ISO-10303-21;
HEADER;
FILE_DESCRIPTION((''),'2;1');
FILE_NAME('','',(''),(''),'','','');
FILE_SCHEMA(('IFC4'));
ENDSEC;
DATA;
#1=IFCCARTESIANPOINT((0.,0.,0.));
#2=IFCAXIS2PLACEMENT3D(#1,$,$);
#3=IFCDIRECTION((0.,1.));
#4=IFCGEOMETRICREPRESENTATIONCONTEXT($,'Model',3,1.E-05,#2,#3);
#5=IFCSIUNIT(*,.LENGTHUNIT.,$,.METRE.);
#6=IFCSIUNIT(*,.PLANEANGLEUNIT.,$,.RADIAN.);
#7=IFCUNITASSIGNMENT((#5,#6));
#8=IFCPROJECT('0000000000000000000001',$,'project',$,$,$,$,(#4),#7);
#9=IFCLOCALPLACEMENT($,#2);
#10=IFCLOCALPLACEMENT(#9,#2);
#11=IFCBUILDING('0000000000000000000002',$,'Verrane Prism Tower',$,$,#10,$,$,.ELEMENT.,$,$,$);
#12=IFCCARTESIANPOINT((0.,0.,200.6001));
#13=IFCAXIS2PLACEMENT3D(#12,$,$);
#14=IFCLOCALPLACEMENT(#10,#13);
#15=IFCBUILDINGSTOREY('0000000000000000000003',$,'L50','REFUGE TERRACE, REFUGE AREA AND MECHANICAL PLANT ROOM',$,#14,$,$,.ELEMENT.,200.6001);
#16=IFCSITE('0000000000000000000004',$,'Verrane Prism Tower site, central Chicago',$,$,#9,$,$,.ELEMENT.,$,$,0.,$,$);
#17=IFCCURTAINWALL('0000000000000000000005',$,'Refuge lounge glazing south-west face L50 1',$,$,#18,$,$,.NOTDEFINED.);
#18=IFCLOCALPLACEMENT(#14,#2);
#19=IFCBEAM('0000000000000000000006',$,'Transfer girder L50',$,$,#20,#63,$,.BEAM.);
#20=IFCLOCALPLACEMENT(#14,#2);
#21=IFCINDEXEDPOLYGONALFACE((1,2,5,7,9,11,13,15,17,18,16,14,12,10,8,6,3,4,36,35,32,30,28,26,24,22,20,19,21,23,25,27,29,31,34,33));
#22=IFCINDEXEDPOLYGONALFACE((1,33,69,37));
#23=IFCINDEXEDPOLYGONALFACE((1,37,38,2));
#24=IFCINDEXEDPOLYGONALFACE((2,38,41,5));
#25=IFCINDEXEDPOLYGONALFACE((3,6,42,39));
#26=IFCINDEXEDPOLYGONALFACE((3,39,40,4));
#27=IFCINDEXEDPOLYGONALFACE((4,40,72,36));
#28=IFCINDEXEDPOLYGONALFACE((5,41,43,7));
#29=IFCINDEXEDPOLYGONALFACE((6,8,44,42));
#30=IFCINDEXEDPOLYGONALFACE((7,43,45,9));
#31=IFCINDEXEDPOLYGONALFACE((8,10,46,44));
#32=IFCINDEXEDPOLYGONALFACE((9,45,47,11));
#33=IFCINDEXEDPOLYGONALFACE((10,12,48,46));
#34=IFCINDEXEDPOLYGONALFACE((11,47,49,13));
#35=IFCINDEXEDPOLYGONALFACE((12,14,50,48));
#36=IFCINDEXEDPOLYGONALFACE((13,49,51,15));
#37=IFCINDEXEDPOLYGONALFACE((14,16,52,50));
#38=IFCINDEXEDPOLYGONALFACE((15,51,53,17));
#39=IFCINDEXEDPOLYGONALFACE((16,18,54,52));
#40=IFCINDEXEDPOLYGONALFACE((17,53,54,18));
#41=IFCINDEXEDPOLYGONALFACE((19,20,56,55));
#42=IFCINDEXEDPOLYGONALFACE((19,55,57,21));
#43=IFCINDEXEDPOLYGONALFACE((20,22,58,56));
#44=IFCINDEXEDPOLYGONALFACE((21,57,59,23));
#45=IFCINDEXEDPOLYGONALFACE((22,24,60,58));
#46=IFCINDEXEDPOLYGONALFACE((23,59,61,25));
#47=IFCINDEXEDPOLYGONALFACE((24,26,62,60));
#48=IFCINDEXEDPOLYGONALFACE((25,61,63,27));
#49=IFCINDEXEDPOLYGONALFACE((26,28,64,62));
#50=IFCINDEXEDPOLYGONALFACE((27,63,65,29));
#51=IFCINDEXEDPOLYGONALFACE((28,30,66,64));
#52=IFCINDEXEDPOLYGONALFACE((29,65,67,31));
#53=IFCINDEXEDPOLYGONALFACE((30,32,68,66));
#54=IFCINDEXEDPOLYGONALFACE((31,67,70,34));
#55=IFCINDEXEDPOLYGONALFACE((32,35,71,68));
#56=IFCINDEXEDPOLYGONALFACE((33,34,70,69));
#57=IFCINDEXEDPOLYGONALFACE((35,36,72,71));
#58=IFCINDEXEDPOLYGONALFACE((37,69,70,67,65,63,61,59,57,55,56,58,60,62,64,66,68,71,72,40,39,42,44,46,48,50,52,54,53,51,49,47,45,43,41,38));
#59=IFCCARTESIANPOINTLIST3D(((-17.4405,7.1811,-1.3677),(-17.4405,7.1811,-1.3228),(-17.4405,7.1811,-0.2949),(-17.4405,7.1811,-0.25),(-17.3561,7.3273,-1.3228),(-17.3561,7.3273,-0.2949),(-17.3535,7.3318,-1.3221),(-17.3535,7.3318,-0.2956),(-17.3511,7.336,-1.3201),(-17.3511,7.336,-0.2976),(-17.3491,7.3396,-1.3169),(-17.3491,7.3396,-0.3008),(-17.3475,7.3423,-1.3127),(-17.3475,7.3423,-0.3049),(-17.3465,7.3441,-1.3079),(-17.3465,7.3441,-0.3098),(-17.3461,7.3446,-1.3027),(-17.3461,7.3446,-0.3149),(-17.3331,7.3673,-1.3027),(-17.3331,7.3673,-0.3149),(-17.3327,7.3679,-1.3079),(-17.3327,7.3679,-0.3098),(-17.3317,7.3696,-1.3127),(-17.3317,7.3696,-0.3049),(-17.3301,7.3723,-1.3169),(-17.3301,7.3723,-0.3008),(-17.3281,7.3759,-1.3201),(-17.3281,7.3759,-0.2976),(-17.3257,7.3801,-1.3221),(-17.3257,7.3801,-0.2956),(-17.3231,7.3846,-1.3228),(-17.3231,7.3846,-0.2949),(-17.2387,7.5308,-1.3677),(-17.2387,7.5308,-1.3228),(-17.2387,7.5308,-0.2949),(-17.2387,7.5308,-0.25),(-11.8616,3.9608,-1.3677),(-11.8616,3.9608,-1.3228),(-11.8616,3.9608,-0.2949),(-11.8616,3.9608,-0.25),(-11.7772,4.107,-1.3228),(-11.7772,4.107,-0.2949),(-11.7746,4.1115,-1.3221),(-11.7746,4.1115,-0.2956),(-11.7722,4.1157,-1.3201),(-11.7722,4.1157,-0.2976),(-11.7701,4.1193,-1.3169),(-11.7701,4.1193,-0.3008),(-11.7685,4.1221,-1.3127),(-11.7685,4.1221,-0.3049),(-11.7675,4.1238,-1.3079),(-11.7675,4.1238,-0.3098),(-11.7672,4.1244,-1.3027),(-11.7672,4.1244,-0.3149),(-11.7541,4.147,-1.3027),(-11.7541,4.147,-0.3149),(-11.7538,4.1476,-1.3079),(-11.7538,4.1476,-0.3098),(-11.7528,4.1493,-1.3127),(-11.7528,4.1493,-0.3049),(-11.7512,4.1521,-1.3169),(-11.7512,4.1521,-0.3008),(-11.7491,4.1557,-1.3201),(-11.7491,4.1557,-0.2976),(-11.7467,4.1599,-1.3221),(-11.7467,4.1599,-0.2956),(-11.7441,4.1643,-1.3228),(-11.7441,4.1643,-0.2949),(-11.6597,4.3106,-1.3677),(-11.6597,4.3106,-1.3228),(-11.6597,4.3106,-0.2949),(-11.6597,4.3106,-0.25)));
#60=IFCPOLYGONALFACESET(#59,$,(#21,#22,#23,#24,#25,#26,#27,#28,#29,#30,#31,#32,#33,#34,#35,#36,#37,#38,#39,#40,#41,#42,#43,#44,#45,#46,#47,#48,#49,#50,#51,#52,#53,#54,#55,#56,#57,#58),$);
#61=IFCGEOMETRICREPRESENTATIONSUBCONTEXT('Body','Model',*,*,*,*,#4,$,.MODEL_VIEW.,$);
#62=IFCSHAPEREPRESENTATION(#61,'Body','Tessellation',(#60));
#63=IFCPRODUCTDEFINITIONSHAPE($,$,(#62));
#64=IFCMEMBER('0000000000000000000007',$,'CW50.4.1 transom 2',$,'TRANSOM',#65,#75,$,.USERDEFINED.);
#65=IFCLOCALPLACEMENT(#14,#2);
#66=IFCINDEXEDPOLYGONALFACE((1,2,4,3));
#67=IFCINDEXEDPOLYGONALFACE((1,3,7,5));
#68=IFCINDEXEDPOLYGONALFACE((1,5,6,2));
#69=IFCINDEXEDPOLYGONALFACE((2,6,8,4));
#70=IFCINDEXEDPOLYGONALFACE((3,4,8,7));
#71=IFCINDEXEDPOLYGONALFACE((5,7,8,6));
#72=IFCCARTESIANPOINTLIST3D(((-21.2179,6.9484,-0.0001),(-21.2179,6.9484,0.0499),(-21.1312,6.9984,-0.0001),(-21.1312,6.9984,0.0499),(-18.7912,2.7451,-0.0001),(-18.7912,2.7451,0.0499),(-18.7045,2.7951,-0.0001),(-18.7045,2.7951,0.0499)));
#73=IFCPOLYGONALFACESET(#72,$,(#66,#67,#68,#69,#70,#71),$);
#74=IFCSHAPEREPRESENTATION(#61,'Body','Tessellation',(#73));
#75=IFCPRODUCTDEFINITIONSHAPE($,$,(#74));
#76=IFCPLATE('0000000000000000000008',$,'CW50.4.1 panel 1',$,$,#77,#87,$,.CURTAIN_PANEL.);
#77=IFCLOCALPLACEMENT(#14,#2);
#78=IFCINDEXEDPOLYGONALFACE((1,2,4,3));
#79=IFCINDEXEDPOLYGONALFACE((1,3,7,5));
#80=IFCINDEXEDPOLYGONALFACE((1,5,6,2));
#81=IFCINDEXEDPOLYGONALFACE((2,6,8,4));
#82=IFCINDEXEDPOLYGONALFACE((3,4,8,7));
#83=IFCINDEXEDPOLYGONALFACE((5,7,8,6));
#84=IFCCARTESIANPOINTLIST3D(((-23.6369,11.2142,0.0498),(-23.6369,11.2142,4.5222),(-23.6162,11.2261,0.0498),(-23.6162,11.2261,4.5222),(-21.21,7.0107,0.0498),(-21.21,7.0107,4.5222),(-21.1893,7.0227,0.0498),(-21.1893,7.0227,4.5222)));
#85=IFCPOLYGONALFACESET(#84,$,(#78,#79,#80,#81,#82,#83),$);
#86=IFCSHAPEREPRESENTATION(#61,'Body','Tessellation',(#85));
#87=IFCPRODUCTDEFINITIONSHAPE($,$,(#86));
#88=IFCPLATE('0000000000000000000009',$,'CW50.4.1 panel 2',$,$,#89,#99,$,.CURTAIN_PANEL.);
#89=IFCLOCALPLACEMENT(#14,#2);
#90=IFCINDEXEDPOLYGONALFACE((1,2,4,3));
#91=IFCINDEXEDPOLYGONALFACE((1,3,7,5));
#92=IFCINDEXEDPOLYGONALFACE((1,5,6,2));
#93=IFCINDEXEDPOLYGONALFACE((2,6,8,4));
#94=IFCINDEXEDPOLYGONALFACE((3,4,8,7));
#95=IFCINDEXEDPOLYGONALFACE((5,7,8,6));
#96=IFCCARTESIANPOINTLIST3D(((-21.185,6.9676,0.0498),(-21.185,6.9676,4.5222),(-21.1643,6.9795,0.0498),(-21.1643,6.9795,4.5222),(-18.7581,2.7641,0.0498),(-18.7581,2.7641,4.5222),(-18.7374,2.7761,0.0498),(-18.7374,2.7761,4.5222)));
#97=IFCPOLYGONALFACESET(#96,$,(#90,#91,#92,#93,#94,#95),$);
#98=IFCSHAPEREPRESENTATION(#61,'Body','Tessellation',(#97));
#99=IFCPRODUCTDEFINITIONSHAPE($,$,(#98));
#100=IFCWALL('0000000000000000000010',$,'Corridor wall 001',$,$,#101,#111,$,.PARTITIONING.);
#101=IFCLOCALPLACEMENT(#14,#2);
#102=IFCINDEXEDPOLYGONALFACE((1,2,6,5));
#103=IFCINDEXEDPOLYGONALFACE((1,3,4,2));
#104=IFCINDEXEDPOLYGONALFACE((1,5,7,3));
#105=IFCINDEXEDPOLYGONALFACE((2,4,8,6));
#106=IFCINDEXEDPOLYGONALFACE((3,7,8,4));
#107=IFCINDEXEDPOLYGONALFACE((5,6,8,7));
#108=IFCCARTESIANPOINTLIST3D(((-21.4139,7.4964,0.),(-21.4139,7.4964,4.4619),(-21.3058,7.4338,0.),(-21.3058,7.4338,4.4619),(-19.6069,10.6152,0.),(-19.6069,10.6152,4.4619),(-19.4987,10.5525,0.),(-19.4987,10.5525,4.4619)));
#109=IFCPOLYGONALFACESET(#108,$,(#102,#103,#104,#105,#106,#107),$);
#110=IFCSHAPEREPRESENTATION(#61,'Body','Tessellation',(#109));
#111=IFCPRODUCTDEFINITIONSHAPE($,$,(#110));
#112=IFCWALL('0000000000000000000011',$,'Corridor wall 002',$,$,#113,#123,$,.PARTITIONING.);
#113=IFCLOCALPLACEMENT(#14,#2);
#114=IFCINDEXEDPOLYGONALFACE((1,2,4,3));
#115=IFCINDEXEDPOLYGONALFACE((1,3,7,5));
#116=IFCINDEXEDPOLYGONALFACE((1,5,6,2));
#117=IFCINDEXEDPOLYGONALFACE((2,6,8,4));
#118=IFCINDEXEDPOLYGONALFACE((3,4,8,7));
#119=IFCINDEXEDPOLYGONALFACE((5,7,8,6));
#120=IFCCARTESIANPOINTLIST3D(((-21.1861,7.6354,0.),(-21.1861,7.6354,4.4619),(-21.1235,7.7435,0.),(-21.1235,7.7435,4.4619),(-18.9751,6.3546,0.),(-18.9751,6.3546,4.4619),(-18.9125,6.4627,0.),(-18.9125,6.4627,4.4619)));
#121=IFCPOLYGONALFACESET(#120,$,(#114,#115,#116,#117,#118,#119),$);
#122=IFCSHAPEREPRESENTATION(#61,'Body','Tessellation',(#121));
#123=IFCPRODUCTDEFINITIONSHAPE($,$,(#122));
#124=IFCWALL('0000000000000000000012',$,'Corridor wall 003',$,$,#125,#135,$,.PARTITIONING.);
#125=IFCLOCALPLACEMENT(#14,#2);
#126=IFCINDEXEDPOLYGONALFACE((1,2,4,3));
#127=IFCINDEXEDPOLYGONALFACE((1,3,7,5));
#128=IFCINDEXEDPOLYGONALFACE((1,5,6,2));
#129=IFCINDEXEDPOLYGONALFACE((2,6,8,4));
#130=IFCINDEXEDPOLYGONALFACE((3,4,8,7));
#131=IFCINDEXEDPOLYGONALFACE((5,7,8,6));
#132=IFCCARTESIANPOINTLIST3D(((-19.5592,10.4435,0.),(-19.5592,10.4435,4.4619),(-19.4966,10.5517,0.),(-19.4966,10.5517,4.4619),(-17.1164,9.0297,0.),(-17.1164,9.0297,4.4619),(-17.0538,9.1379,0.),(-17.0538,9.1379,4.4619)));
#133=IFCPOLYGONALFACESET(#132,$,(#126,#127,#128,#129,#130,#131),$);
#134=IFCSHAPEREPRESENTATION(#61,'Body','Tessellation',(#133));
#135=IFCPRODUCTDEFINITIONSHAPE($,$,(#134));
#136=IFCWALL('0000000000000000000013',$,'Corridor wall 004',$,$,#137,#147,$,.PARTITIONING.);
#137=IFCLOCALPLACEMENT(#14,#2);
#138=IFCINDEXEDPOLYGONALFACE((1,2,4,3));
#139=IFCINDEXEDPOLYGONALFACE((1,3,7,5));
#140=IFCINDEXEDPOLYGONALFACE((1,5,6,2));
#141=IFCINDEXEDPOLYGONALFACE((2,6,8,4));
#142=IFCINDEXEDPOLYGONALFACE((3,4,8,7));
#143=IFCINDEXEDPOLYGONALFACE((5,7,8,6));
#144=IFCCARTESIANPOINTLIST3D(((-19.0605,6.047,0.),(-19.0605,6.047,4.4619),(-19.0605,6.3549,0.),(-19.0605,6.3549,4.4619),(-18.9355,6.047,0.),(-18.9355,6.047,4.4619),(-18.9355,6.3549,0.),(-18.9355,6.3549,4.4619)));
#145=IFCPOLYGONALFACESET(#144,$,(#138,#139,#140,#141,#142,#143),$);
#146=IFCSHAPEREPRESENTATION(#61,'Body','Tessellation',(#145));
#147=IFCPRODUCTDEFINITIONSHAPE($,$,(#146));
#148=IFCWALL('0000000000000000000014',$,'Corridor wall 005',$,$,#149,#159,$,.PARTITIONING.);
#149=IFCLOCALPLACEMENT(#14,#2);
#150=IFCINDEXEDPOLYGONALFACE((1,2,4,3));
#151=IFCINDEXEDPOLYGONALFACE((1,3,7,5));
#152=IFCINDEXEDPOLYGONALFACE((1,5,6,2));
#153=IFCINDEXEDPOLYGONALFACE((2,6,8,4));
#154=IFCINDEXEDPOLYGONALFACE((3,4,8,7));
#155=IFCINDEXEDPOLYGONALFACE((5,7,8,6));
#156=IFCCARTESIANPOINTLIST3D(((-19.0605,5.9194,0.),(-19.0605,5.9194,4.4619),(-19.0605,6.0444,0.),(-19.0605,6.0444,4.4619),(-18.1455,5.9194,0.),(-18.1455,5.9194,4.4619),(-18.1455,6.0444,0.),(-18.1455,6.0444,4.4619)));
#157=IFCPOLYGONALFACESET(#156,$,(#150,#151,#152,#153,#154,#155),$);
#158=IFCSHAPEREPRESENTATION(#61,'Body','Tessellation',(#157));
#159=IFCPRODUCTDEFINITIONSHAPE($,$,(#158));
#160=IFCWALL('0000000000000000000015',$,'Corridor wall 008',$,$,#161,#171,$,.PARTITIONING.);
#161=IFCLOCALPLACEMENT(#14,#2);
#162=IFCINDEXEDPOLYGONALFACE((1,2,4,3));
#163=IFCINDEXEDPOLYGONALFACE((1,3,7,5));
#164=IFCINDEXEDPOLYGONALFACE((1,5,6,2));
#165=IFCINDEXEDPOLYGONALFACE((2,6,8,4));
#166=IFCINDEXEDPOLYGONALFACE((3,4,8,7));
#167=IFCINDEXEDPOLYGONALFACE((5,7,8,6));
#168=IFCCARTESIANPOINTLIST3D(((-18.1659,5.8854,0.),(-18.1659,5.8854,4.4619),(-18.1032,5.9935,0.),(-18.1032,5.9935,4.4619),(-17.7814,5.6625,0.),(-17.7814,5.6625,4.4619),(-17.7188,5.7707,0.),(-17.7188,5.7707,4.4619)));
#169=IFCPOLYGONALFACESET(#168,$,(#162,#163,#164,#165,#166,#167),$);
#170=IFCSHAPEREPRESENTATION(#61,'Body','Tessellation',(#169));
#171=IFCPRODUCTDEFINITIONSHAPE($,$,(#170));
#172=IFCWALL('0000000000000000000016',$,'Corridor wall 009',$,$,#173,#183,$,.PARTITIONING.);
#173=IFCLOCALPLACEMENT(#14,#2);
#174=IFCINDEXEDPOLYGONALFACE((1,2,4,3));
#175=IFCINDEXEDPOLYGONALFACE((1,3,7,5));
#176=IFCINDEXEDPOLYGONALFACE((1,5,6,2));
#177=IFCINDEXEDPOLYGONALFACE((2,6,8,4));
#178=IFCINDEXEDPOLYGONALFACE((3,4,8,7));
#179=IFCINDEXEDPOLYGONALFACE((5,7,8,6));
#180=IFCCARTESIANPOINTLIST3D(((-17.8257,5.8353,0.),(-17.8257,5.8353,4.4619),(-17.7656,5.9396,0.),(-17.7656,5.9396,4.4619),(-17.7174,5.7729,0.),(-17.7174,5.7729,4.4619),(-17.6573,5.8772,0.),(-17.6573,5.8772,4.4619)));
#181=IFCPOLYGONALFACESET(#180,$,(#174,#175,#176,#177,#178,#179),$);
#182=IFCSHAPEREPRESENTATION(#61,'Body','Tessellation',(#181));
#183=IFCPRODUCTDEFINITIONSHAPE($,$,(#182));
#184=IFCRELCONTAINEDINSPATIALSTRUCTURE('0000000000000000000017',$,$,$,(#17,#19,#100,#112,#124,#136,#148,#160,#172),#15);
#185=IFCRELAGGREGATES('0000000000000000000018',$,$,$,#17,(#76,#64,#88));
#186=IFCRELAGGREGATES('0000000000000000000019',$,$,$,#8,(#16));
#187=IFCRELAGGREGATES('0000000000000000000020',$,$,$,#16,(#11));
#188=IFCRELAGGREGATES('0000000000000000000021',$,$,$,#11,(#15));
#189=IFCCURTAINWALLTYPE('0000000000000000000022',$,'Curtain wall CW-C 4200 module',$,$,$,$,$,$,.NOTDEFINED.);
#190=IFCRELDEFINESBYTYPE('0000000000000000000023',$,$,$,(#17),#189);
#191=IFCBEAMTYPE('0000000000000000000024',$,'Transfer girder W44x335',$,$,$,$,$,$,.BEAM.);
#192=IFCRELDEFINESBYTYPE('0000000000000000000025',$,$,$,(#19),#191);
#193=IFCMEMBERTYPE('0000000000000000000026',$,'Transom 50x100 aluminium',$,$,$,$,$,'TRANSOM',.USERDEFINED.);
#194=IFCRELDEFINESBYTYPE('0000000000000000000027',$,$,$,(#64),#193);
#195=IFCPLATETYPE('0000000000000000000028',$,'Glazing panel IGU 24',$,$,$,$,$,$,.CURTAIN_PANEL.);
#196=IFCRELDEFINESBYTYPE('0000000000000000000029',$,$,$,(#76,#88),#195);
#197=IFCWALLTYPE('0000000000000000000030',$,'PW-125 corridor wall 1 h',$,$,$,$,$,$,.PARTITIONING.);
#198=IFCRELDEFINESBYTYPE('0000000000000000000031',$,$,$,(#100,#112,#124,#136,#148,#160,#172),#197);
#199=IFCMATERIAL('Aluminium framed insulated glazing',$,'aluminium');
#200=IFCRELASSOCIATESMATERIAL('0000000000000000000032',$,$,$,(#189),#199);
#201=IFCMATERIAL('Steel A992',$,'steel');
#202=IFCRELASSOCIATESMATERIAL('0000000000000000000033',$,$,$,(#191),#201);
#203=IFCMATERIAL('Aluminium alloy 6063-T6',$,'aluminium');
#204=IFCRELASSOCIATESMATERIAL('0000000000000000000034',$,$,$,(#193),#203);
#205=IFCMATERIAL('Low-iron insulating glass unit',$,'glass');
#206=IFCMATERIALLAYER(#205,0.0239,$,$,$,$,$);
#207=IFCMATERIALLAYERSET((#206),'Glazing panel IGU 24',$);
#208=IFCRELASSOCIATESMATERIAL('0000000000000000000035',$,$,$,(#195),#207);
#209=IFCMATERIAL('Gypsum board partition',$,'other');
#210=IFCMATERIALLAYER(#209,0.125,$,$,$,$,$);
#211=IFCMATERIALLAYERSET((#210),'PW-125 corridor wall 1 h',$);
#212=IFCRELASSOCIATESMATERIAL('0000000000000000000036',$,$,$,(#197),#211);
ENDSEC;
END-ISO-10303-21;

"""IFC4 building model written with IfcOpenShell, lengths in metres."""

from ifc_helpers import new_model, si_unit, direction, frame, frame_2d, origin, origin_2d, place, context, subcontext, project, spatial, rectangle, i_section, extrude, material, layer, layer_set, material_profile, profile_set, type_object, element, aggregate, save


model = new_model("IFC4")

# Units and contexts
model_context = context("Model", 3, precision=1e-05, world=origin(), true_north=direction((0.0, 1.0)))
body_context = subcontext(model_context, "Body", "Model", "MODEL_VIEW")
ifc_project = project(units=[si_unit("LENGTHUNIT", "METRE"), si_unit("PLANEANGLEUNIT", "RADIAN")], contexts=[model_context])

# Site, building, storey
site_placement = place(None, origin())
site = spatial("IfcSite", under=ifc_project, at=site_placement, Name="Verrane Prism Tower site, central Chicago", CompositionType="ELEMENT", RefElevation=0.0)
building_placement = place(site_placement, origin())
building = spatial("IfcBuilding", under=site, at=building_placement, Name="Verrane Prism Tower", CompositionType="ELEMENT")
storey_placement = place(building_placement, frame((0.0, 0.0, 200.6001)))
storey = spatial("IfcBuildingStorey", under=building, at=storey_placement, Name="L50", Description="REFUGE TERRACE, REFUGE AREA AND MECHANICAL PLANT ROOM", CompositionType="ELEMENT", Elevation=200.6001)

# Curtain wall
ifc_material_1 = material(Name="Aluminium framed insulated glazing", Category="aluminium")
curtain_wall_type = type_object("IfcCurtainWallType", Name="Curtain wall CW-C 4200 module", PredefinedType="NOTDEFINED", material=ifc_material_1)
curtain_wall_placement = place(storey_placement, origin())
curtain_wall = element("IfcCurtainWall", 1, at=curtain_wall_placement, inside=storey, type_object=curtain_wall_type, Name="Refuge lounge glazing south-west face L50 1", PredefinedType="NOTDEFINED")

# Beam
ifc_material_2 = material(Name="Steel A992", Category="steel")
ifc_material_profile_1 = material_profile(ifc_material_2, i_section(OverallWidth=0.4038, OverallDepth=1.1177, WebThickness=0.0261, FlangeThickness=0.0449, FilletRadius=0.02, at=origin_2d()), Name="W44x335")
ifc_profile_set_1 = profile_set([ifc_material_profile_1], Name="Steel A992")
beam_type_1 = type_object("IfcBeamType", Name="Transfer girder W44x335", PredefinedType="BEAM", material=ifc_profile_set_1)
beam_1_placement = place(storey_placement, frame((-17.3396, 7.356, -0.8088), z_axis=(0.866075, -0.499914, 0.0), x_axis=(0.499914, 0.866075, 0.0)))
element("IfcBeam", 2, at=beam_1_placement, inside=storey, type_object=beam_type_1, Name="Transfer girder L50", PredefinedType="BEAM", context=body_context, shape_type="SweptSolid", body=[
    extrude(i_section(OverallWidth=0.4038, OverallDepth=1.1177, WebThickness=0.0261, FlangeThickness=0.0449, FilletRadius=0.02, at=origin_2d()), origin(), (0.0, 0.0, 1.0), 6.4417),
])

# Member
ifc_material_3 = material(Name="Aluminium alloy 6063-T6", Category="aluminium")
ifc_material_profile_2 = material_profile(ifc_material_3, rectangle(XDim=0.1001, YDim=0.05, at=origin_2d()), Name="Transom 50x100 aluminium")
ifc_profile_set_2 = profile_set([ifc_material_profile_2], Name="Aluminium alloy 6063-T6")
member_type_1 = type_object("IfcMemberType", Name="Transom 50x100 aluminium", ElementType="TRANSOM", PredefinedType="USERDEFINED", material=ifc_profile_set_2)
member_1_placement = place(storey_placement, frame((-21.1746, 6.9734, 0.0249), z_axis=(0.499991, -0.866031, 0.0), x_axis=(0.866031, 0.499991, 0.0)))
member_1 = element("IfcMember", 3, at=member_1_placement, type_object=member_type_1, Name="CW50.4.1 transom 2", ObjectType="TRANSOM", PredefinedType="USERDEFINED", context=body_context, shape_type="SweptSolid", body=[
    extrude(rectangle(XDim=0.1001, YDim=0.05, at=origin_2d()), origin(), (0.0, 0.0, 1.0), 4.8535),
])

# Plates
ifc_material_4 = material(Name="Low-iron insulating glass unit", Category="glass")
ifc_layer_1 = layer(ifc_material_4, 0.0239)
ifc_layer_set_1 = layer_set([ifc_layer_1], Name="Glazing panel IGU 24")
plate_type = type_object("IfcPlateType", Name="Glazing panel IGU 24", PredefinedType="CURTAIN_PANEL", material=ifc_layer_set_1)
plate_1_placement = place(storey_placement, frame((-22.4131, 9.1184, 0.0498), z_axis=(0.0, 0.0, 1.0), x_axis=(0.500003, -0.866024, 0.0)))
plate_1 = element("IfcPlate", 4, at=plate_1_placement, type_object=plate_type, Name="CW50.4.1 panel 1", PredefinedType="CURTAIN_PANEL", context=body_context, shape_type="SweptSolid", body=[
    extrude(rectangle(XDim=4.8538, YDim=0.0239, at=origin_2d()), origin(), (0.0, 0.0, 1.0), 4.4724),
])
plate_2_placement = place(storey_placement, frame((-19.9612, 4.8718, 0.0498), z_axis=(0.0, 0.0, 1.0), x_axis=(0.500003, -0.866024, 0.0)))
plate_2 = element("IfcPlate", 5, at=plate_2_placement, type_object=plate_type, Name="CW50.4.1 panel 2", PredefinedType="CURTAIN_PANEL", context=body_context, shape_type="SweptSolid", body=[
    extrude(rectangle(XDim=4.8538, YDim=0.0239, at=origin_2d()), origin(), (0.0, 0.0, 1.0), 4.4724),
])
aggregate(curtain_wall, [plate_1, member_1, plate_2])

# Walls
ifc_material_5 = material(Name="Gypsum board partition", Category="other")
ifc_layer_2 = layer(ifc_material_5, 0.125)
ifc_layer_set_2 = layer_set([ifc_layer_2], Name="PW-125 corridor wall 1 h")
wall_type = type_object("IfcWallType", Name="PW-125 corridor wall 1 h", PredefinedType="PARTITIONING", material=ifc_layer_set_2)
wall_1_placement = place(storey_placement, frame((-21.3599, 7.4651, 0.0), z_axis=(0.0, 0.0, 1.0), x_axis=(0.501338, 0.865252, 0.0)))
element("IfcWall", 6, at=wall_1_placement, inside=storey, type_object=wall_type, Name="Corridor wall 001", PredefinedType="PARTITIONING", context=body_context, shape_type="SweptSolid", body=[
    extrude(rectangle(XDim=3.6045, YDim=0.125, at=frame_2d((1.8022, 0.0))), origin(), (0.0, 0.0, 1.0), 4.4619),
])
wall_2_placement = place(storey_placement, frame((-21.1548, 7.6895, 0.0), z_axis=(0.0, 0.0, 1.0), x_axis=(0.8653, -0.501255, 0.0)))
element("IfcWall", 7, at=wall_2_placement, inside=storey, type_object=wall_type, Name="Corridor wall 002", PredefinedType="PARTITIONING", context=body_context, shape_type="SweptSolid", body=[
    extrude(rectangle(XDim=2.5552, YDim=0.125, at=frame_2d((1.2776, 0.0))), origin(), (0.0, 0.0, 1.0), 4.4619),
])
wall_3_placement = place(storey_placement, frame((-19.5278, 10.4976, 0.0), z_axis=(0.0, 0.0, 1.0), x_axis=(0.865499, -0.50091, 0.0)))
element("IfcWall", 8, at=wall_3_placement, inside=storey, type_object=wall_type, Name="Corridor wall 003", PredefinedType="PARTITIONING", context=body_context, shape_type="SweptSolid", body=[
    extrude(rectangle(XDim=2.8225, YDim=0.125, at=frame_2d((1.4111, 0.0))), origin(), (0.0, 0.0, 1.0), 4.4619),
])
wall_4_placement = place(storey_placement, frame((-18.998, 6.0471, 0.0), z_axis=(0.0, 0.0, 1.0), x_axis=(0.0, 1.0, 0.0)))
element("IfcWall", 9, at=wall_4_placement, inside=storey, type_object=wall_type, Name="Corridor wall 004", PredefinedType="PARTITIONING", context=body_context, shape_type="SweptSolid", body=[
    extrude(rectangle(XDim=0.3079, YDim=0.125, at=frame_2d((0.1538, 0.0))), origin(), (0.0, 0.0, 1.0), 4.4619),
])
wall_5_placement = place(storey_placement, frame((-19.0605, 5.9819, 0.0), z_axis=(0.0, 0.0, 1.0), x_axis=(1.0, 0.0, 0.0)))
element("IfcWall", 10, at=wall_5_placement, inside=storey, type_object=wall_type, Name="Corridor wall 005", PredefinedType="PARTITIONING", context=body_context, shape_type="SweptSolid", body=[
    extrude(rectangle(XDim=0.915, YDim=0.125, at=frame_2d((0.4575, 0.0))), origin(), (0.0, 0.0, 1.0), 4.4619),
])
wall_6_placement = place(storey_placement, frame((-18.1345, 5.9395, 0.0), z_axis=(0.0, 0.0, 1.0), x_axis=(0.86515, -0.501513, 0.0)))
element("IfcWall", 11, at=wall_6_placement, inside=storey, type_object=wall_type, Name="Corridor wall 008", PredefinedType="PARTITIONING", context=body_context, shape_type="SweptSolid", body=[
    extrude(rectangle(XDim=0.4443, YDim=0.125, at=frame_2d((0.2222, 0.0))), origin(), (0.0, 0.0, 1.0), 4.4619),
])
wall_7_placement = place(storey_placement, frame((-17.7715, 5.8042, 0.0), z_axis=(0.0, 0.0, 1.0), x_axis=(0.499195, 0.866489, 0.0)))
element("IfcWall", 12, at=wall_7_placement, inside=storey, type_object=wall_type, Name="Corridor wall 009", PredefinedType="PARTITIONING", context=body_context, shape_type="SweptSolid", body=[
    extrude(rectangle(XDim=0.1204, YDim=0.125, at=frame_2d((0.0601, 0.0))), origin(), (0.0, 0.0, 1.0), 4.4619),
])

save(model, "model.ifc")
